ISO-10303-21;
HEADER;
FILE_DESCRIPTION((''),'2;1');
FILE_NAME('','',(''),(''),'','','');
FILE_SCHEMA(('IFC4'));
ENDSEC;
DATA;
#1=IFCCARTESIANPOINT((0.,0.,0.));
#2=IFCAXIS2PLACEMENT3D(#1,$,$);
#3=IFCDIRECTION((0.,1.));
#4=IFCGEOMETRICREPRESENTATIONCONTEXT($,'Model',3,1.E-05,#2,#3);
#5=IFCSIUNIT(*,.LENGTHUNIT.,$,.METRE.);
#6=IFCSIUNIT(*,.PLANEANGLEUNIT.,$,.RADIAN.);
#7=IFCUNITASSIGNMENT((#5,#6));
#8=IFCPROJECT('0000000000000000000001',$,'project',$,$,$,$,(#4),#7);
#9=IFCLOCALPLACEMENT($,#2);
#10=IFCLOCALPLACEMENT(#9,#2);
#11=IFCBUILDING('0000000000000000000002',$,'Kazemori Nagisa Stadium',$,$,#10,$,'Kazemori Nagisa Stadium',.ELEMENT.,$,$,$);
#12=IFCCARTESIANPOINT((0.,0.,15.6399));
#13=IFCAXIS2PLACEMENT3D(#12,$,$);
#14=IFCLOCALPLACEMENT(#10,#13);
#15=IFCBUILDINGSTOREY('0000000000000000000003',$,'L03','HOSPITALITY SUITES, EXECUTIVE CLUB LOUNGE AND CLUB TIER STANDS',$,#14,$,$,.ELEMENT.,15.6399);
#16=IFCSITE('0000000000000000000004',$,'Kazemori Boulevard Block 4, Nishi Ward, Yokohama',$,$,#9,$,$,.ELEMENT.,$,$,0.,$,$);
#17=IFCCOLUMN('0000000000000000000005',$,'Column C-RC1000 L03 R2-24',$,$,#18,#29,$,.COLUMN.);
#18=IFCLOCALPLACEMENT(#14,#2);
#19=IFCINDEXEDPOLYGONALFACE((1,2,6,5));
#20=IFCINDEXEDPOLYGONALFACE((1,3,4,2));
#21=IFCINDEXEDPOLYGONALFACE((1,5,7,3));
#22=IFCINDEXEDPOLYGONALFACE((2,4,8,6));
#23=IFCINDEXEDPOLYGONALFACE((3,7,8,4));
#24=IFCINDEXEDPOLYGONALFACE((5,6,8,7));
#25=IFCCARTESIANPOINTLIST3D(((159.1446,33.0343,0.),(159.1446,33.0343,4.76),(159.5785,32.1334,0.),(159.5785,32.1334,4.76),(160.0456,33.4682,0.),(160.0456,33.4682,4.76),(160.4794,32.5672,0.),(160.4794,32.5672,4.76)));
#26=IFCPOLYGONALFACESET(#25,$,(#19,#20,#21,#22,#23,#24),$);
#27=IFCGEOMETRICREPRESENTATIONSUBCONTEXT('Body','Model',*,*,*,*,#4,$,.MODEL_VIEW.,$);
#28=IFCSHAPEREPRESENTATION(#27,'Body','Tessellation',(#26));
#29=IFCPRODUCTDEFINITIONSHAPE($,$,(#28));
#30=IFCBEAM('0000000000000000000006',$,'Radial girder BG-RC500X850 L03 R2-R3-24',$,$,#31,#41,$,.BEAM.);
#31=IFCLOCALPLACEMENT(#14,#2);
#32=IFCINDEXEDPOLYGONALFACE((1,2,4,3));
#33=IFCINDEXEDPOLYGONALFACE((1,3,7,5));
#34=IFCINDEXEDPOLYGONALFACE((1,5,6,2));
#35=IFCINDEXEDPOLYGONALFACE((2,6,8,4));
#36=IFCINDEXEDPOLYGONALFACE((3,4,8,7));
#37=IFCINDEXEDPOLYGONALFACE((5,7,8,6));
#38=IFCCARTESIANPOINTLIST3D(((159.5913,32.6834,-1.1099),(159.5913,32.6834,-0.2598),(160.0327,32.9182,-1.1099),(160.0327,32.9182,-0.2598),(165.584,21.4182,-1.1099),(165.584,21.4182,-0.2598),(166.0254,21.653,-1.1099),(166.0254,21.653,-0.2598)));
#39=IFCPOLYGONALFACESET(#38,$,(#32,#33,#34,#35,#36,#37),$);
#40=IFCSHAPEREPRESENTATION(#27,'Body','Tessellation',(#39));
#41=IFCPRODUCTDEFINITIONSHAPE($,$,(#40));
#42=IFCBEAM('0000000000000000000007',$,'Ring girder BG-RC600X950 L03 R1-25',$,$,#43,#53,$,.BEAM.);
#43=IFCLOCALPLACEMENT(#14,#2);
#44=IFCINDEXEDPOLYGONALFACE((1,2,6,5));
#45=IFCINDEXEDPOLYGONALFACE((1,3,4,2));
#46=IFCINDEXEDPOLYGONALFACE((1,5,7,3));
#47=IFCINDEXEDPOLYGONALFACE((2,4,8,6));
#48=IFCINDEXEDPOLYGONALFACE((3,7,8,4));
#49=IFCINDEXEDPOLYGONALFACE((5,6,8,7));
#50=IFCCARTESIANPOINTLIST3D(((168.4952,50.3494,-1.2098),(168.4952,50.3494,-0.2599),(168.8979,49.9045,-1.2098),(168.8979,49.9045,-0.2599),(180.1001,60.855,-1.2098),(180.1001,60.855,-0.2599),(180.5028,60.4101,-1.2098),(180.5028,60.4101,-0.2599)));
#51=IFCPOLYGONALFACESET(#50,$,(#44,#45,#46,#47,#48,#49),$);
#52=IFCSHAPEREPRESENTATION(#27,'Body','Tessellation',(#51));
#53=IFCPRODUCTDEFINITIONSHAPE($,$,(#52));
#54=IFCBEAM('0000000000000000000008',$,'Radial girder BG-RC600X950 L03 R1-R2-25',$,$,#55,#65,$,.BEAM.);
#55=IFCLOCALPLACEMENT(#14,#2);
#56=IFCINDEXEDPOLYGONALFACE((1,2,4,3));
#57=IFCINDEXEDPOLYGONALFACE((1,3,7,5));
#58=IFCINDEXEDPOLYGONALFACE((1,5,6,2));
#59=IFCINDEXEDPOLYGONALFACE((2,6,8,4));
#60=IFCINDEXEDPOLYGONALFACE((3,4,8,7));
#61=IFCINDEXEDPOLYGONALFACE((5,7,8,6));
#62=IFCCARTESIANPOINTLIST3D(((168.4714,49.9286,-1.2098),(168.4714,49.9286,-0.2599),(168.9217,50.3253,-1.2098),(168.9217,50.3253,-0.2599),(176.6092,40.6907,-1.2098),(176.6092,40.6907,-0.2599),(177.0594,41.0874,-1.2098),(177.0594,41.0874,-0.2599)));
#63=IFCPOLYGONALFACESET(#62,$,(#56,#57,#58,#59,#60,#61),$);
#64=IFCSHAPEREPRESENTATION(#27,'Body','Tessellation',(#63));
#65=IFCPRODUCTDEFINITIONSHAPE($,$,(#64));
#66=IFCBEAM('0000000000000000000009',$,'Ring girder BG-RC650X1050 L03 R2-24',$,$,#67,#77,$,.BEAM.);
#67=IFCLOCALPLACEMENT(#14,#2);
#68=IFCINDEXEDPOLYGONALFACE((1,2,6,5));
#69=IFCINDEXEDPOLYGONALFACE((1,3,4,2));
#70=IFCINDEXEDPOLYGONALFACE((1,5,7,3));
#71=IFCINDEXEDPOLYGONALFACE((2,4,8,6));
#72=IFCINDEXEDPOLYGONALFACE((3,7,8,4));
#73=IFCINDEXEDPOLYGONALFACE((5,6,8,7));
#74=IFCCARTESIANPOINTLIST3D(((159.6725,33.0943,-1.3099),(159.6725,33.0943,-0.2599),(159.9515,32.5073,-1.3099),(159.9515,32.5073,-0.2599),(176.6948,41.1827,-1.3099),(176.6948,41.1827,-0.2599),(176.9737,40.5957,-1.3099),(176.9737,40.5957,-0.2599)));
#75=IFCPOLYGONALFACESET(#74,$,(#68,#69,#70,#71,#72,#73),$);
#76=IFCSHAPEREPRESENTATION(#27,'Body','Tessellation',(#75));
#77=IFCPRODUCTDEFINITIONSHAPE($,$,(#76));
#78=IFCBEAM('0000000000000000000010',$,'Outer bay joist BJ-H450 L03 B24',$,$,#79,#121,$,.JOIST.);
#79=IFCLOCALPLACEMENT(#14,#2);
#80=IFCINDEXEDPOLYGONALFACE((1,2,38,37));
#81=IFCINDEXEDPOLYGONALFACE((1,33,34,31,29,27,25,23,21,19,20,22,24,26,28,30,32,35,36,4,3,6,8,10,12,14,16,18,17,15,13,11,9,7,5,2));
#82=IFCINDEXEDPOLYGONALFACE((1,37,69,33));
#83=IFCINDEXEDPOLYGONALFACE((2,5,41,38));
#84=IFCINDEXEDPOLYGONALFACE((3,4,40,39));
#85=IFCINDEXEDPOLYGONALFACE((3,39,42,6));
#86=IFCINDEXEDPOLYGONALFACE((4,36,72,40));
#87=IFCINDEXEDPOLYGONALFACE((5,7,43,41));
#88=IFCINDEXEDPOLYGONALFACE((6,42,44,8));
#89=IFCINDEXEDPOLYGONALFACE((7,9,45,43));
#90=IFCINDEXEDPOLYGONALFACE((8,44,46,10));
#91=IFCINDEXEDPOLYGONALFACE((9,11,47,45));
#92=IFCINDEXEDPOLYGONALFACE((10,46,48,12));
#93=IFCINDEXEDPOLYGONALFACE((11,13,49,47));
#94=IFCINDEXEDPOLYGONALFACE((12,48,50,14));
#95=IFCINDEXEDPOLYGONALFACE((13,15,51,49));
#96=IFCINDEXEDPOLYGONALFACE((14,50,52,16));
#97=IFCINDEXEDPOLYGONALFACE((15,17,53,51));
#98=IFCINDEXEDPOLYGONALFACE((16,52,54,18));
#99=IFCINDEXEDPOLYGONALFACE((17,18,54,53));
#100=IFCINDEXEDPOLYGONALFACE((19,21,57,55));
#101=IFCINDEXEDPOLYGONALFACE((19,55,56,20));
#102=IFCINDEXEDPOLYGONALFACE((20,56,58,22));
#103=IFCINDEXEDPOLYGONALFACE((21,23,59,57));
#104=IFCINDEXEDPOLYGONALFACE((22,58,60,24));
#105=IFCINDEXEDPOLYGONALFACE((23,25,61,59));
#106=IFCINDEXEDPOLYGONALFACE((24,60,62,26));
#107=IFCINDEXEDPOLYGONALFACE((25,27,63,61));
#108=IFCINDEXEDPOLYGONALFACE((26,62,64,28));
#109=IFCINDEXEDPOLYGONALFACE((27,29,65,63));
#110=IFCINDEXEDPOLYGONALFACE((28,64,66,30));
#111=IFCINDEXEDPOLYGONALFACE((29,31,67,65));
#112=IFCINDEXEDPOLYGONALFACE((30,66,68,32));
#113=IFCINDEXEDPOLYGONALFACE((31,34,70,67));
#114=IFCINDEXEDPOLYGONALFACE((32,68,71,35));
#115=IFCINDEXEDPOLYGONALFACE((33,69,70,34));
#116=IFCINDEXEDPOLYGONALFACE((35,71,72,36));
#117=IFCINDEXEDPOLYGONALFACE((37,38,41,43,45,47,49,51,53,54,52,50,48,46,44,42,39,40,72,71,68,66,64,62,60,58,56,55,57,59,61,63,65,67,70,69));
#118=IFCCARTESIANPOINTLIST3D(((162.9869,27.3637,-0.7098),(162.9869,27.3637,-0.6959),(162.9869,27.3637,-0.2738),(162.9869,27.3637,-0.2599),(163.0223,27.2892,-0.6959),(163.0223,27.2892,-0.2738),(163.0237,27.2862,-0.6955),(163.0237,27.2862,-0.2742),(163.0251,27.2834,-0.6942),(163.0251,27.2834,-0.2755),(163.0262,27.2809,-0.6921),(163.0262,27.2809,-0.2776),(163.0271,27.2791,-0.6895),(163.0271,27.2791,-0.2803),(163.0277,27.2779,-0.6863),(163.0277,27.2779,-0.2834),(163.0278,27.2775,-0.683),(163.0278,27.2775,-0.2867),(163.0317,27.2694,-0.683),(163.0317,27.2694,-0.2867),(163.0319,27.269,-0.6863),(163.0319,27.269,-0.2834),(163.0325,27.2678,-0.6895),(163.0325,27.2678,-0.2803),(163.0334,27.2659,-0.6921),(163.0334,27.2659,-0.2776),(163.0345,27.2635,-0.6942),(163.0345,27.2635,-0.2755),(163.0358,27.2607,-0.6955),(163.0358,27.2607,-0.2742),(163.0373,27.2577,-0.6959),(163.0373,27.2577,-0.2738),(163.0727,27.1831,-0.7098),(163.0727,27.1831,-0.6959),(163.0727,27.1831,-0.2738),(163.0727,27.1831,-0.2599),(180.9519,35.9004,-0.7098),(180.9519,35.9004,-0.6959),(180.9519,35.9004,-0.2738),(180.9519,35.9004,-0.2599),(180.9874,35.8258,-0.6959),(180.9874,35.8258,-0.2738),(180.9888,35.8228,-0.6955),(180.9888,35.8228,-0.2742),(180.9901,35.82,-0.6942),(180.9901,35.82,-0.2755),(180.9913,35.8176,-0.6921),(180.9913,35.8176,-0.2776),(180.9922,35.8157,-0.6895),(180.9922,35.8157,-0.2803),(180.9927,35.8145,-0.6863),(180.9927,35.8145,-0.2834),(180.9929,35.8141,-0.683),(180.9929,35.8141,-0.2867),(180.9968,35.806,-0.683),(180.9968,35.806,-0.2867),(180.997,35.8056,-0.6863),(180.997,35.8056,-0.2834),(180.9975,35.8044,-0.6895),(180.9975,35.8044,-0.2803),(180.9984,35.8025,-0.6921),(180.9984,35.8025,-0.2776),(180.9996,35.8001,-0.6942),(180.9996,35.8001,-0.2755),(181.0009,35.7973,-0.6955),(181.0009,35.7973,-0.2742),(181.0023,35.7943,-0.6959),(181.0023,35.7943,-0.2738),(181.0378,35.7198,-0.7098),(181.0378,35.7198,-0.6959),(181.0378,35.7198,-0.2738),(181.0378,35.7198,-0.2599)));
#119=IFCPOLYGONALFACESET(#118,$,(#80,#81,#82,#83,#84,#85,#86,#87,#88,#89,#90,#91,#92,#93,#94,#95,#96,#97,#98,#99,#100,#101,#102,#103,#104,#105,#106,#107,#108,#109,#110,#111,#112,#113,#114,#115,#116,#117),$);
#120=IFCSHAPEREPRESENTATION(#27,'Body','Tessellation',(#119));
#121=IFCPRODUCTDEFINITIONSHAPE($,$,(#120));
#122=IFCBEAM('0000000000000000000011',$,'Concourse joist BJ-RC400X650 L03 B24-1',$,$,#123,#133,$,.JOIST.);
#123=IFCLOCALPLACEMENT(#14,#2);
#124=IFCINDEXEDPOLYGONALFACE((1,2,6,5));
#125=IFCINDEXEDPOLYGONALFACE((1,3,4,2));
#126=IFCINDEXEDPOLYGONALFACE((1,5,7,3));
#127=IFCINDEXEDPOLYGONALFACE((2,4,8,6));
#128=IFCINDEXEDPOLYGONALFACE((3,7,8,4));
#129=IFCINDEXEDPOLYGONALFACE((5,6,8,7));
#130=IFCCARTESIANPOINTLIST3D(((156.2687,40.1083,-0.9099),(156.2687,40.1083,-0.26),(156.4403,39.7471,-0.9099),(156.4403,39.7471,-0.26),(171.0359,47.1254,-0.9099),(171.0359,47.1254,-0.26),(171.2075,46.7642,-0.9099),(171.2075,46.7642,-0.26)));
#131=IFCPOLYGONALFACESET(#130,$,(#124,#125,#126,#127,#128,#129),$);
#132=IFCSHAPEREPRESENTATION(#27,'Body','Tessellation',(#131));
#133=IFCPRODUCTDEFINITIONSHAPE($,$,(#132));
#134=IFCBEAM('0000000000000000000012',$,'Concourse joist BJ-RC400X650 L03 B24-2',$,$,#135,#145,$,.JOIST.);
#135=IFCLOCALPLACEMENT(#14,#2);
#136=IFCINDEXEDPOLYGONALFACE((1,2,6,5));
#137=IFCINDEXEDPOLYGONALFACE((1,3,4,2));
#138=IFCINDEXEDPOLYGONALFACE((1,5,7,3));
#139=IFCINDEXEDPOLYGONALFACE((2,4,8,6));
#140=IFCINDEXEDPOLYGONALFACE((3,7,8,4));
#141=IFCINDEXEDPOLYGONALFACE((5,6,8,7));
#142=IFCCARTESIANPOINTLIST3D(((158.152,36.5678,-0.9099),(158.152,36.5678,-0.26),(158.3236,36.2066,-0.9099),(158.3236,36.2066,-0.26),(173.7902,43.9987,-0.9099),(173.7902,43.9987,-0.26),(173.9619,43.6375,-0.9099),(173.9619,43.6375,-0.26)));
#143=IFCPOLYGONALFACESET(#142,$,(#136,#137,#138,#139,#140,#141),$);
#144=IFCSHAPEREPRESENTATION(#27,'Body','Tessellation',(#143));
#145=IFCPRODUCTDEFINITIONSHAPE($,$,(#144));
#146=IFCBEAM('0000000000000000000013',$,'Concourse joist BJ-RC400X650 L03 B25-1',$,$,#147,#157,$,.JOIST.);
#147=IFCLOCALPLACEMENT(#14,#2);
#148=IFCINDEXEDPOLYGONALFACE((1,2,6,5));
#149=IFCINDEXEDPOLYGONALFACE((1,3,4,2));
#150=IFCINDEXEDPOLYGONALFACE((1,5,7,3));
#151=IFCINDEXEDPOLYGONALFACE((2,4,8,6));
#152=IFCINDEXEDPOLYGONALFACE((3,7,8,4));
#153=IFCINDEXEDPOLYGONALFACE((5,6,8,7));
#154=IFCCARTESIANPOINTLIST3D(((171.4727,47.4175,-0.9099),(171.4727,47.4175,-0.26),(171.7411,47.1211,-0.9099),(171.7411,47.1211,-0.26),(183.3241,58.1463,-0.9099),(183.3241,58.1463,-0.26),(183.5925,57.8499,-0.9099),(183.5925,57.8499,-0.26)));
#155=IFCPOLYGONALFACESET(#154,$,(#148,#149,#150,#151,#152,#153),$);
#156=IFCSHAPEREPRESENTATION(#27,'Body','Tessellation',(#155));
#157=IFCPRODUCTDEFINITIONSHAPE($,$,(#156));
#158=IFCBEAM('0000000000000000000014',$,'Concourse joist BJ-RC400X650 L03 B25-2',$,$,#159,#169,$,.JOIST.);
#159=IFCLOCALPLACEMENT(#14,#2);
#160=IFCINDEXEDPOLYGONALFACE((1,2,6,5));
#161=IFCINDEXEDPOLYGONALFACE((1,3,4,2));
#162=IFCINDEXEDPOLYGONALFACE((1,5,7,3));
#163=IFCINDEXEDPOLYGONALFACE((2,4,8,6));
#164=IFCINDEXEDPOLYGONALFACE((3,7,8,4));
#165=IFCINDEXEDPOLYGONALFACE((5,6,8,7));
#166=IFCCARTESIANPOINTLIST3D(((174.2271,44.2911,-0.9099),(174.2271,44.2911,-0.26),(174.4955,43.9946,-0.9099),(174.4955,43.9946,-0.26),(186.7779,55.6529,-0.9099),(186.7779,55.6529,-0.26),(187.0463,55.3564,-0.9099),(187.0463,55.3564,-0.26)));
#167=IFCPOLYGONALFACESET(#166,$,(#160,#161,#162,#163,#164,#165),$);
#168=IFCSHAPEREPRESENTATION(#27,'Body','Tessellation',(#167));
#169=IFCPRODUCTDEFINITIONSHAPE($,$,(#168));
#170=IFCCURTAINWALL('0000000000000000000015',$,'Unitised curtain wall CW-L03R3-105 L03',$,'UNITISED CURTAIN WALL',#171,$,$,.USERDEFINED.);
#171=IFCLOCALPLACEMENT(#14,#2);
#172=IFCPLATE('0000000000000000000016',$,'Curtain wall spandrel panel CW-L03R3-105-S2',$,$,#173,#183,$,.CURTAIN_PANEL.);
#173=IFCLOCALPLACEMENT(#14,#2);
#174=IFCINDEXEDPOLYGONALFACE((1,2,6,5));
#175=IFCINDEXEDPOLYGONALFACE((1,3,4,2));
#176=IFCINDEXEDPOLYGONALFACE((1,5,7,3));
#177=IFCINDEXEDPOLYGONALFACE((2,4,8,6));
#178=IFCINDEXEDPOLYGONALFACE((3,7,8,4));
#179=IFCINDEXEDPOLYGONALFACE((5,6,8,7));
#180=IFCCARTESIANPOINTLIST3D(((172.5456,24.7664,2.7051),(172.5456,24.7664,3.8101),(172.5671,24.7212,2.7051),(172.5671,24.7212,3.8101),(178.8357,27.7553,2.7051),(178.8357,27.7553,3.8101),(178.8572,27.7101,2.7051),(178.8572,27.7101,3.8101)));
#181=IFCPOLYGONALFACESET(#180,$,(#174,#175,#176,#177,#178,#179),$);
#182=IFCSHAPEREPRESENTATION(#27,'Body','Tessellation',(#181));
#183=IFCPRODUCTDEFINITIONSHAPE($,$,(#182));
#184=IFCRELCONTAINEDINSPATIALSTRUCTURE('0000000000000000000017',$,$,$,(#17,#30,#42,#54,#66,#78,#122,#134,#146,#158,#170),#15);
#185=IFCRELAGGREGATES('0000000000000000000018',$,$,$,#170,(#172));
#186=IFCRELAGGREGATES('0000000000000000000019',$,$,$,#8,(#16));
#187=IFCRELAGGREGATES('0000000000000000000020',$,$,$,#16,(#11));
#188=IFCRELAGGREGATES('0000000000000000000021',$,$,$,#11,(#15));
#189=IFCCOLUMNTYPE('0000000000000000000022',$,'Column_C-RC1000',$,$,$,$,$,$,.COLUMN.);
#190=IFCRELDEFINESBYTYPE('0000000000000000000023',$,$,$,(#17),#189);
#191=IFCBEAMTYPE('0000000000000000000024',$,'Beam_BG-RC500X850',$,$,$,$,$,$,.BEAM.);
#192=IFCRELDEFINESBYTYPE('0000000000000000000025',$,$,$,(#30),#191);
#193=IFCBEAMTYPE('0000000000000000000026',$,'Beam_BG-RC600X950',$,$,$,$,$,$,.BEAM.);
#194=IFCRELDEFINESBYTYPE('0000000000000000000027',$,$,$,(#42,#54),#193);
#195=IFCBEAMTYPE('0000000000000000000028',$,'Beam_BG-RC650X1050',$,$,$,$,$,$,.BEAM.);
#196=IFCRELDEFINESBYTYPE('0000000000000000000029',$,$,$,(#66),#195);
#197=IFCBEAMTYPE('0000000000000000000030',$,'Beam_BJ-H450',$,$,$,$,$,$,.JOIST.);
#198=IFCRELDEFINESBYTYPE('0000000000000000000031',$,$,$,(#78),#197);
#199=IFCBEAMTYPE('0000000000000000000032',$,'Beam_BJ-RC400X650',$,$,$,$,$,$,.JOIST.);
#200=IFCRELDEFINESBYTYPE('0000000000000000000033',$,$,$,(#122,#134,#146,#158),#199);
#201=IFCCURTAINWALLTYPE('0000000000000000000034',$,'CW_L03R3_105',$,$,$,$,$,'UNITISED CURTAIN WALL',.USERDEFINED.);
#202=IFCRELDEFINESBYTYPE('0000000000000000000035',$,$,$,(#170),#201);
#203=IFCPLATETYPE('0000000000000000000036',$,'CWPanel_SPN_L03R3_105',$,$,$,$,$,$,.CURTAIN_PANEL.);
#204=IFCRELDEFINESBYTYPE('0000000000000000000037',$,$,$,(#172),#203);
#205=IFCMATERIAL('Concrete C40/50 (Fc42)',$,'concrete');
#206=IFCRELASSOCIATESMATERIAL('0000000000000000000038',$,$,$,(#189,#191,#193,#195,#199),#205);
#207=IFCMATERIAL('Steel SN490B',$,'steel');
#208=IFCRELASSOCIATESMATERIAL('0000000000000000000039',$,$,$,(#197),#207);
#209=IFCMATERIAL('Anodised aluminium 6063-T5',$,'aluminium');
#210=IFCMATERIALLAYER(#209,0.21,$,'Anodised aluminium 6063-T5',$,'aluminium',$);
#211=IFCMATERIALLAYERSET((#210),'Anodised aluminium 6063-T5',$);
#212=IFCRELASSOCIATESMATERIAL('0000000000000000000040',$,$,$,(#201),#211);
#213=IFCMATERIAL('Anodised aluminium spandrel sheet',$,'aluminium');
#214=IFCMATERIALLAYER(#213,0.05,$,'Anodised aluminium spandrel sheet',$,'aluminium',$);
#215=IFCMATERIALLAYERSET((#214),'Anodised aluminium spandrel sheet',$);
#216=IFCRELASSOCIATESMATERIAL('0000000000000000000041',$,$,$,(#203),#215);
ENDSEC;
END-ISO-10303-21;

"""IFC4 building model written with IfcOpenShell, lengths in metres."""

from ifc_helpers import new_model, si_unit, direction, frame, origin, origin_2d, place, context, subcontext, project, spatial, rectangle, i_section, extrude, material, layer, layer_set, material_profile, profile_set, type_object, element, aggregate, save


model = new_model("IFC4")

# Units and contexts
model_context = context("Model", 3, precision=1e-05, world=origin(), true_north=direction((0.0, 1.0)))
body_context = subcontext(model_context, "Body", "Model", "MODEL_VIEW")
ifc_project = project(units=[si_unit("LENGTHUNIT", "METRE"), si_unit("PLANEANGLEUNIT", "RADIAN")], contexts=[model_context])

# Site, building, storey
site_placement = place(None, origin())
site = spatial("IfcSite", under=ifc_project, at=site_placement, Name="Kazemori Boulevard Block 4, Nishi Ward, Yokohama", CompositionType="ELEMENT", RefElevation=0.0)
building_placement = place(site_placement, origin())
building = spatial("IfcBuilding", under=site, at=building_placement, Name="Kazemori Nagisa Stadium", LongName="Kazemori Nagisa Stadium", CompositionType="ELEMENT")
storey_placement = place(building_placement, frame((0.0, 0.0, 15.6399)))
storey = spatial("IfcBuildingStorey", under=building, at=storey_placement, Name="L03", Description="HOSPITALITY SUITES, EXECUTIVE CLUB LOUNGE AND CLUB TIER STANDS", CompositionType="ELEMENT", Elevation=15.6399)

# Column
ifc_material_1 = material(Name="Concrete C40/50 (Fc42)", Category="concrete")
ifc_material_profile_1 = material_profile(ifc_material_1, rectangle(XDim=1.0, YDim=1.0, at=origin_2d()), Name="RC-COL-1000x1000")
ifc_profile_set_1 = profile_set([ifc_material_profile_1], Name="Concrete C40/50 (Fc42)")
column_type_1 = type_object("IfcColumnType", Name="Column_C-RC1000", PredefinedType="COLUMN", material=ifc_profile_set_1)
column_1_placement = place(storey_placement, frame((159.812, 32.8008, 0.0), z_axis=(0.0, 0.0, 1.0), x_axis=(0.433884, -0.900969, 0.0)))
element("IfcColumn", 1, at=column_1_placement, inside=storey, type_object=column_type_1, Name="Column C-RC1000 L03 R2-24", PredefinedType="COLUMN", context=body_context, shape_type="SweptSolid", body=[
    extrude(rectangle(XDim=1.0, YDim=1.0, at=origin_2d()), origin(), (0.0, 0.0, 1.0), 4.76),
])

# Beams
ifc_material_profile_2 = material_profile(ifc_material_1, rectangle(XDim=0.5, YDim=0.8501, at=origin_2d()), Name="RC-BM-500x850")
ifc_profile_set_2 = profile_set([ifc_material_profile_2], Name="Concrete C40/50 (Fc42)")
beam_type_1 = type_object("IfcBeamType", Name="Beam_BG-RC500X850", PredefinedType="BEAM", material=ifc_profile_set_2)
beam_1_placement = place(storey_placement, frame((159.812, 32.8008, -0.6848), z_axis=(0.469649, -0.882853, 0.0), x_axis=(0.882853, 0.469649, 0.0)))
element("IfcBeam", 2, at=beam_1_placement, inside=storey, type_object=beam_type_1, Name="Radial girder BG-RC500X850 L03 R2-R3-24", PredefinedType="BEAM", context=body_context, shape_type="SweptSolid", body=[
    extrude(rectangle(XDim=0.5, YDim=0.8501, at=origin_2d()), origin(), (0.0, 0.0, 1.0), 12.76),
])
ifc_material_profile_3 = material_profile(ifc_material_1, rectangle(XDim=0.6001, YDim=0.95, at=origin_2d()), Name="RC-BM-600x950")
ifc_profile_set_3 = profile_set([ifc_material_profile_3], Name="Concrete C40/50 (Fc42)")
beam_type_2 = type_object("IfcBeamType", Name="Beam_BG-RC600X950", PredefinedType="BEAM", material=ifc_profile_set_3)
beam_2_placement = place(storey_placement, frame((168.6965, 50.127, -0.7349), z_axis=(0.741349, 0.67112, 0.0), x_axis=(-0.67112, 0.741349, 0.0)))
element("IfcBeam", 3, at=beam_2_placement, inside=storey, type_object=beam_type_2, Name="Ring girder BG-RC600X950 L03 R1-25", PredefinedType="BEAM", context=body_context, shape_type="SweptSolid", body=[
    extrude(rectangle(XDim=0.6001, YDim=0.95, at=origin_2d()), origin(), (0.0, 0.0, 1.0), 15.6538),
])
beam_3_placement = place(storey_placement, frame((168.6965, 50.127, -0.7349), z_axis=(0.661014, -0.750374, 0.0), x_axis=(0.750374, 0.661014, 0.0)))
element("IfcBeam", 4, at=beam_3_placement, inside=storey, type_object=beam_type_2, Name="Radial girder BG-RC600X950 L03 R1-R2-25", PredefinedType="BEAM", context=body_context, shape_type="SweptSolid", body=[
    extrude(rectangle(XDim=0.6001, YDim=0.95, at=origin_2d()), origin(), (0.0, 0.0, 1.0), 12.311),
])
ifc_material_profile_4 = material_profile(ifc_material_1, rectangle(XDim=0.6499, YDim=1.05, at=origin_2d()), Name="RC-BM-650x1050")
ifc_profile_set_4 = profile_set([ifc_material_profile_4], Name="Concrete C40/50 (Fc42)")
beam_type_3 = type_object("IfcBeamType", Name="Beam_BG-RC650X1050", PredefinedType="BEAM", material=ifc_profile_set_4)
beam_4_placement = place(storey_placement, frame((159.812, 32.8008, -0.7849), z_axis=(0.903219, 0.429179, 0.0), x_axis=(-0.429179, 0.903219, 0.0)))
element("IfcBeam", 5, at=beam_4_placement, inside=storey, type_object=beam_type_3, Name="Ring girder BG-RC650X1050 L03 R2-24", PredefinedType="BEAM", context=body_context, shape_type="SweptSolid", body=[
    extrude(rectangle(XDim=0.6499, YDim=1.05, at=origin_2d()), origin(), (0.0, 0.0, 1.0), 18.8462),
])
ifc_material_2 = material(Name="Steel SN490B", Category="steel")
ifc_material_profile_5 = material_profile(ifc_material_2, i_section(OverallWidth=0.2, OverallDepth=0.45, WebThickness=0.009, FlangeThickness=0.0139, FilletRadius=0.0129, at=origin_2d()), Name="H-450x200x9x14")
ifc_profile_set_5 = profile_set([ifc_material_profile_5], Name="Steel SN490B")
beam_type_4 = type_object("IfcBeamType", Name="Beam_BJ-H450", PredefinedType="JOIST", material=ifc_profile_set_5)
beam_5_placement = place(storey_placement, frame((163.0298, 27.2734, -0.4849), z_axis=(0.903215, 0.429188, 0.0), x_axis=(-0.429188, 0.903215, 0.0)))
element("IfcBeam", 6, at=beam_5_placement, inside=storey, type_object=beam_type_4, Name="Outer bay joist BJ-H450 L03 B24", PredefinedType="JOIST", context=body_context, shape_type="SweptSolid", body=[
    extrude(i_section(OverallWidth=0.2, OverallDepth=0.45, WebThickness=0.009, FlangeThickness=0.0139, FilletRadius=0.0129, at=origin_2d()), origin(), (0.0, 0.0, 1.0), 19.8901),
])
ifc_material_profile_6 = material_profile(ifc_material_1, rectangle(XDim=0.3999, YDim=0.6499, at=origin_2d()), Name="RC-BM-400x650")
ifc_profile_set_6 = profile_set([ifc_material_profile_6], Name="Concrete C40/50 (Fc42)")
beam_type_5 = type_object("IfcBeamType", Name="Beam_BJ-RC400X650", PredefinedType="JOIST", material=ifc_profile_set_6)
beam_6_placement = place(storey_placement, frame((156.3545, 39.9277, -0.585), z_axis=(0.903216, 0.429187, 0.0), x_axis=(-0.429187, 0.903216, 0.0)))
element("IfcBeam", 7, at=beam_6_placement, inside=storey, type_object=beam_type_5, Name="Concourse joist BJ-RC400X650 L03 B24-1", PredefinedType="JOIST", context=body_context, shape_type="SweptSolid", body=[
    extrude(rectangle(XDim=0.3999, YDim=0.6499, at=origin_2d()), origin(), (0.0, 0.0, 1.0), 16.3496),
])
beam_7_placement = place(storey_placement, frame((158.2378, 36.3872, -0.585), z_axis=(0.903215, 0.429187, 0.0), x_axis=(-0.429187, 0.903215, 0.0)))
element("IfcBeam", 8, at=beam_7_placement, inside=storey, type_object=beam_type_5, Name="Concourse joist BJ-RC400X650 L03 B24-2", PredefinedType="JOIST", context=body_context, shape_type="SweptSolid", body=[
    extrude(rectangle(XDim=0.3999, YDim=0.6499, at=origin_2d()), origin(), (0.0, 0.0, 1.0), 17.314),
])
beam_8_placement = place(storey_placement, frame((171.6069, 47.2693, -0.585), z_axis=(0.741345, 0.671124, 0.0), x_axis=(-0.671124, 0.741345, 0.0)))
element("IfcBeam", 9, at=beam_8_placement, inside=storey, type_object=beam_type_5, Name="Concourse joist BJ-RC400X650 L03 B25-1", PredefinedType="JOIST", context=body_context, shape_type="SweptSolid", body=[
    extrude(rectangle(XDim=0.3999, YDim=0.6499, at=origin_2d()), origin(), (0.0, 0.0, 1.0), 15.9863),
])
beam_9_placement = place(storey_placement, frame((174.3613, 44.1428, -0.585), z_axis=(0.741349, 0.671119, 0.0), x_axis=(-0.671119, 0.741349, 0.0)))
element("IfcBeam", 10, at=beam_9_placement, inside=storey, type_object=beam_type_5, Name="Concourse joist BJ-RC400X650 L03 B25-2", PredefinedType="JOIST", context=body_context, shape_type="SweptSolid", body=[
    extrude(rectangle(XDim=0.3999, YDim=0.6499, at=origin_2d()), origin(), (0.0, 0.0, 1.0), 16.9297),
])

# Curtain wall, plate
ifc_material_3 = material(Name="Anodised aluminium 6063-T5", Category="aluminium")
ifc_layer_1 = layer(ifc_material_3, 0.21, Name="Anodised aluminium 6063-T5", Category="aluminium")
ifc_layer_set_1 = layer_set([ifc_layer_1], Name="Anodised aluminium 6063-T5")
curtain_wall_type = type_object("IfcCurtainWallType", Name="CW_L03R3_105", ElementType="UNITISED CURTAIN WALL", PredefinedType="USERDEFINED", material=ifc_layer_set_1)
curtain_wall_placement = place(storey_placement, origin())
curtain_wall = element("IfcCurtainWall", 11, at=curtain_wall_placement, inside=storey, type_object=curtain_wall_type, Name="Unitised curtain wall CW-L03R3-105 L03", ObjectType="UNITISED CURTAIN WALL", PredefinedType="USERDEFINED")
ifc_material_4 = material(Name="Anodised aluminium spandrel sheet", Category="aluminium")
ifc_layer_2 = layer(ifc_material_4, 0.05, Name="Anodised aluminium spandrel sheet", Category="aluminium")
ifc_layer_set_2 = layer_set([ifc_layer_2], Name="Anodised aluminium spandrel sheet")
plate_type = type_object("IfcPlateType", Name="CWPanel_SPN_L03R3_105", PredefinedType="CURTAIN_PANEL", material=ifc_layer_set_2)
plate_placement = place(storey_placement, frame((175.7014, 26.2383, 2.7051), z_axis=(0.0, 0.0, 1.0), x_axis=(0.903216, 0.429186, 0.0)))
plate = element("IfcPlate", 12, at=plate_placement, type_object=plate_type, Name="Curtain wall spandrel panel CW-L03R3-105-S2", PredefinedType="CURTAIN_PANEL", context=body_context, shape_type="SweptSolid", body=[
    extrude(rectangle(XDim=6.9641, YDim=0.05, at=origin_2d()), origin(), (0.0, 0.0, 1.0), 1.105),
])
aggregate(curtain_wall, [plate])

save(model, "model.ifc")
